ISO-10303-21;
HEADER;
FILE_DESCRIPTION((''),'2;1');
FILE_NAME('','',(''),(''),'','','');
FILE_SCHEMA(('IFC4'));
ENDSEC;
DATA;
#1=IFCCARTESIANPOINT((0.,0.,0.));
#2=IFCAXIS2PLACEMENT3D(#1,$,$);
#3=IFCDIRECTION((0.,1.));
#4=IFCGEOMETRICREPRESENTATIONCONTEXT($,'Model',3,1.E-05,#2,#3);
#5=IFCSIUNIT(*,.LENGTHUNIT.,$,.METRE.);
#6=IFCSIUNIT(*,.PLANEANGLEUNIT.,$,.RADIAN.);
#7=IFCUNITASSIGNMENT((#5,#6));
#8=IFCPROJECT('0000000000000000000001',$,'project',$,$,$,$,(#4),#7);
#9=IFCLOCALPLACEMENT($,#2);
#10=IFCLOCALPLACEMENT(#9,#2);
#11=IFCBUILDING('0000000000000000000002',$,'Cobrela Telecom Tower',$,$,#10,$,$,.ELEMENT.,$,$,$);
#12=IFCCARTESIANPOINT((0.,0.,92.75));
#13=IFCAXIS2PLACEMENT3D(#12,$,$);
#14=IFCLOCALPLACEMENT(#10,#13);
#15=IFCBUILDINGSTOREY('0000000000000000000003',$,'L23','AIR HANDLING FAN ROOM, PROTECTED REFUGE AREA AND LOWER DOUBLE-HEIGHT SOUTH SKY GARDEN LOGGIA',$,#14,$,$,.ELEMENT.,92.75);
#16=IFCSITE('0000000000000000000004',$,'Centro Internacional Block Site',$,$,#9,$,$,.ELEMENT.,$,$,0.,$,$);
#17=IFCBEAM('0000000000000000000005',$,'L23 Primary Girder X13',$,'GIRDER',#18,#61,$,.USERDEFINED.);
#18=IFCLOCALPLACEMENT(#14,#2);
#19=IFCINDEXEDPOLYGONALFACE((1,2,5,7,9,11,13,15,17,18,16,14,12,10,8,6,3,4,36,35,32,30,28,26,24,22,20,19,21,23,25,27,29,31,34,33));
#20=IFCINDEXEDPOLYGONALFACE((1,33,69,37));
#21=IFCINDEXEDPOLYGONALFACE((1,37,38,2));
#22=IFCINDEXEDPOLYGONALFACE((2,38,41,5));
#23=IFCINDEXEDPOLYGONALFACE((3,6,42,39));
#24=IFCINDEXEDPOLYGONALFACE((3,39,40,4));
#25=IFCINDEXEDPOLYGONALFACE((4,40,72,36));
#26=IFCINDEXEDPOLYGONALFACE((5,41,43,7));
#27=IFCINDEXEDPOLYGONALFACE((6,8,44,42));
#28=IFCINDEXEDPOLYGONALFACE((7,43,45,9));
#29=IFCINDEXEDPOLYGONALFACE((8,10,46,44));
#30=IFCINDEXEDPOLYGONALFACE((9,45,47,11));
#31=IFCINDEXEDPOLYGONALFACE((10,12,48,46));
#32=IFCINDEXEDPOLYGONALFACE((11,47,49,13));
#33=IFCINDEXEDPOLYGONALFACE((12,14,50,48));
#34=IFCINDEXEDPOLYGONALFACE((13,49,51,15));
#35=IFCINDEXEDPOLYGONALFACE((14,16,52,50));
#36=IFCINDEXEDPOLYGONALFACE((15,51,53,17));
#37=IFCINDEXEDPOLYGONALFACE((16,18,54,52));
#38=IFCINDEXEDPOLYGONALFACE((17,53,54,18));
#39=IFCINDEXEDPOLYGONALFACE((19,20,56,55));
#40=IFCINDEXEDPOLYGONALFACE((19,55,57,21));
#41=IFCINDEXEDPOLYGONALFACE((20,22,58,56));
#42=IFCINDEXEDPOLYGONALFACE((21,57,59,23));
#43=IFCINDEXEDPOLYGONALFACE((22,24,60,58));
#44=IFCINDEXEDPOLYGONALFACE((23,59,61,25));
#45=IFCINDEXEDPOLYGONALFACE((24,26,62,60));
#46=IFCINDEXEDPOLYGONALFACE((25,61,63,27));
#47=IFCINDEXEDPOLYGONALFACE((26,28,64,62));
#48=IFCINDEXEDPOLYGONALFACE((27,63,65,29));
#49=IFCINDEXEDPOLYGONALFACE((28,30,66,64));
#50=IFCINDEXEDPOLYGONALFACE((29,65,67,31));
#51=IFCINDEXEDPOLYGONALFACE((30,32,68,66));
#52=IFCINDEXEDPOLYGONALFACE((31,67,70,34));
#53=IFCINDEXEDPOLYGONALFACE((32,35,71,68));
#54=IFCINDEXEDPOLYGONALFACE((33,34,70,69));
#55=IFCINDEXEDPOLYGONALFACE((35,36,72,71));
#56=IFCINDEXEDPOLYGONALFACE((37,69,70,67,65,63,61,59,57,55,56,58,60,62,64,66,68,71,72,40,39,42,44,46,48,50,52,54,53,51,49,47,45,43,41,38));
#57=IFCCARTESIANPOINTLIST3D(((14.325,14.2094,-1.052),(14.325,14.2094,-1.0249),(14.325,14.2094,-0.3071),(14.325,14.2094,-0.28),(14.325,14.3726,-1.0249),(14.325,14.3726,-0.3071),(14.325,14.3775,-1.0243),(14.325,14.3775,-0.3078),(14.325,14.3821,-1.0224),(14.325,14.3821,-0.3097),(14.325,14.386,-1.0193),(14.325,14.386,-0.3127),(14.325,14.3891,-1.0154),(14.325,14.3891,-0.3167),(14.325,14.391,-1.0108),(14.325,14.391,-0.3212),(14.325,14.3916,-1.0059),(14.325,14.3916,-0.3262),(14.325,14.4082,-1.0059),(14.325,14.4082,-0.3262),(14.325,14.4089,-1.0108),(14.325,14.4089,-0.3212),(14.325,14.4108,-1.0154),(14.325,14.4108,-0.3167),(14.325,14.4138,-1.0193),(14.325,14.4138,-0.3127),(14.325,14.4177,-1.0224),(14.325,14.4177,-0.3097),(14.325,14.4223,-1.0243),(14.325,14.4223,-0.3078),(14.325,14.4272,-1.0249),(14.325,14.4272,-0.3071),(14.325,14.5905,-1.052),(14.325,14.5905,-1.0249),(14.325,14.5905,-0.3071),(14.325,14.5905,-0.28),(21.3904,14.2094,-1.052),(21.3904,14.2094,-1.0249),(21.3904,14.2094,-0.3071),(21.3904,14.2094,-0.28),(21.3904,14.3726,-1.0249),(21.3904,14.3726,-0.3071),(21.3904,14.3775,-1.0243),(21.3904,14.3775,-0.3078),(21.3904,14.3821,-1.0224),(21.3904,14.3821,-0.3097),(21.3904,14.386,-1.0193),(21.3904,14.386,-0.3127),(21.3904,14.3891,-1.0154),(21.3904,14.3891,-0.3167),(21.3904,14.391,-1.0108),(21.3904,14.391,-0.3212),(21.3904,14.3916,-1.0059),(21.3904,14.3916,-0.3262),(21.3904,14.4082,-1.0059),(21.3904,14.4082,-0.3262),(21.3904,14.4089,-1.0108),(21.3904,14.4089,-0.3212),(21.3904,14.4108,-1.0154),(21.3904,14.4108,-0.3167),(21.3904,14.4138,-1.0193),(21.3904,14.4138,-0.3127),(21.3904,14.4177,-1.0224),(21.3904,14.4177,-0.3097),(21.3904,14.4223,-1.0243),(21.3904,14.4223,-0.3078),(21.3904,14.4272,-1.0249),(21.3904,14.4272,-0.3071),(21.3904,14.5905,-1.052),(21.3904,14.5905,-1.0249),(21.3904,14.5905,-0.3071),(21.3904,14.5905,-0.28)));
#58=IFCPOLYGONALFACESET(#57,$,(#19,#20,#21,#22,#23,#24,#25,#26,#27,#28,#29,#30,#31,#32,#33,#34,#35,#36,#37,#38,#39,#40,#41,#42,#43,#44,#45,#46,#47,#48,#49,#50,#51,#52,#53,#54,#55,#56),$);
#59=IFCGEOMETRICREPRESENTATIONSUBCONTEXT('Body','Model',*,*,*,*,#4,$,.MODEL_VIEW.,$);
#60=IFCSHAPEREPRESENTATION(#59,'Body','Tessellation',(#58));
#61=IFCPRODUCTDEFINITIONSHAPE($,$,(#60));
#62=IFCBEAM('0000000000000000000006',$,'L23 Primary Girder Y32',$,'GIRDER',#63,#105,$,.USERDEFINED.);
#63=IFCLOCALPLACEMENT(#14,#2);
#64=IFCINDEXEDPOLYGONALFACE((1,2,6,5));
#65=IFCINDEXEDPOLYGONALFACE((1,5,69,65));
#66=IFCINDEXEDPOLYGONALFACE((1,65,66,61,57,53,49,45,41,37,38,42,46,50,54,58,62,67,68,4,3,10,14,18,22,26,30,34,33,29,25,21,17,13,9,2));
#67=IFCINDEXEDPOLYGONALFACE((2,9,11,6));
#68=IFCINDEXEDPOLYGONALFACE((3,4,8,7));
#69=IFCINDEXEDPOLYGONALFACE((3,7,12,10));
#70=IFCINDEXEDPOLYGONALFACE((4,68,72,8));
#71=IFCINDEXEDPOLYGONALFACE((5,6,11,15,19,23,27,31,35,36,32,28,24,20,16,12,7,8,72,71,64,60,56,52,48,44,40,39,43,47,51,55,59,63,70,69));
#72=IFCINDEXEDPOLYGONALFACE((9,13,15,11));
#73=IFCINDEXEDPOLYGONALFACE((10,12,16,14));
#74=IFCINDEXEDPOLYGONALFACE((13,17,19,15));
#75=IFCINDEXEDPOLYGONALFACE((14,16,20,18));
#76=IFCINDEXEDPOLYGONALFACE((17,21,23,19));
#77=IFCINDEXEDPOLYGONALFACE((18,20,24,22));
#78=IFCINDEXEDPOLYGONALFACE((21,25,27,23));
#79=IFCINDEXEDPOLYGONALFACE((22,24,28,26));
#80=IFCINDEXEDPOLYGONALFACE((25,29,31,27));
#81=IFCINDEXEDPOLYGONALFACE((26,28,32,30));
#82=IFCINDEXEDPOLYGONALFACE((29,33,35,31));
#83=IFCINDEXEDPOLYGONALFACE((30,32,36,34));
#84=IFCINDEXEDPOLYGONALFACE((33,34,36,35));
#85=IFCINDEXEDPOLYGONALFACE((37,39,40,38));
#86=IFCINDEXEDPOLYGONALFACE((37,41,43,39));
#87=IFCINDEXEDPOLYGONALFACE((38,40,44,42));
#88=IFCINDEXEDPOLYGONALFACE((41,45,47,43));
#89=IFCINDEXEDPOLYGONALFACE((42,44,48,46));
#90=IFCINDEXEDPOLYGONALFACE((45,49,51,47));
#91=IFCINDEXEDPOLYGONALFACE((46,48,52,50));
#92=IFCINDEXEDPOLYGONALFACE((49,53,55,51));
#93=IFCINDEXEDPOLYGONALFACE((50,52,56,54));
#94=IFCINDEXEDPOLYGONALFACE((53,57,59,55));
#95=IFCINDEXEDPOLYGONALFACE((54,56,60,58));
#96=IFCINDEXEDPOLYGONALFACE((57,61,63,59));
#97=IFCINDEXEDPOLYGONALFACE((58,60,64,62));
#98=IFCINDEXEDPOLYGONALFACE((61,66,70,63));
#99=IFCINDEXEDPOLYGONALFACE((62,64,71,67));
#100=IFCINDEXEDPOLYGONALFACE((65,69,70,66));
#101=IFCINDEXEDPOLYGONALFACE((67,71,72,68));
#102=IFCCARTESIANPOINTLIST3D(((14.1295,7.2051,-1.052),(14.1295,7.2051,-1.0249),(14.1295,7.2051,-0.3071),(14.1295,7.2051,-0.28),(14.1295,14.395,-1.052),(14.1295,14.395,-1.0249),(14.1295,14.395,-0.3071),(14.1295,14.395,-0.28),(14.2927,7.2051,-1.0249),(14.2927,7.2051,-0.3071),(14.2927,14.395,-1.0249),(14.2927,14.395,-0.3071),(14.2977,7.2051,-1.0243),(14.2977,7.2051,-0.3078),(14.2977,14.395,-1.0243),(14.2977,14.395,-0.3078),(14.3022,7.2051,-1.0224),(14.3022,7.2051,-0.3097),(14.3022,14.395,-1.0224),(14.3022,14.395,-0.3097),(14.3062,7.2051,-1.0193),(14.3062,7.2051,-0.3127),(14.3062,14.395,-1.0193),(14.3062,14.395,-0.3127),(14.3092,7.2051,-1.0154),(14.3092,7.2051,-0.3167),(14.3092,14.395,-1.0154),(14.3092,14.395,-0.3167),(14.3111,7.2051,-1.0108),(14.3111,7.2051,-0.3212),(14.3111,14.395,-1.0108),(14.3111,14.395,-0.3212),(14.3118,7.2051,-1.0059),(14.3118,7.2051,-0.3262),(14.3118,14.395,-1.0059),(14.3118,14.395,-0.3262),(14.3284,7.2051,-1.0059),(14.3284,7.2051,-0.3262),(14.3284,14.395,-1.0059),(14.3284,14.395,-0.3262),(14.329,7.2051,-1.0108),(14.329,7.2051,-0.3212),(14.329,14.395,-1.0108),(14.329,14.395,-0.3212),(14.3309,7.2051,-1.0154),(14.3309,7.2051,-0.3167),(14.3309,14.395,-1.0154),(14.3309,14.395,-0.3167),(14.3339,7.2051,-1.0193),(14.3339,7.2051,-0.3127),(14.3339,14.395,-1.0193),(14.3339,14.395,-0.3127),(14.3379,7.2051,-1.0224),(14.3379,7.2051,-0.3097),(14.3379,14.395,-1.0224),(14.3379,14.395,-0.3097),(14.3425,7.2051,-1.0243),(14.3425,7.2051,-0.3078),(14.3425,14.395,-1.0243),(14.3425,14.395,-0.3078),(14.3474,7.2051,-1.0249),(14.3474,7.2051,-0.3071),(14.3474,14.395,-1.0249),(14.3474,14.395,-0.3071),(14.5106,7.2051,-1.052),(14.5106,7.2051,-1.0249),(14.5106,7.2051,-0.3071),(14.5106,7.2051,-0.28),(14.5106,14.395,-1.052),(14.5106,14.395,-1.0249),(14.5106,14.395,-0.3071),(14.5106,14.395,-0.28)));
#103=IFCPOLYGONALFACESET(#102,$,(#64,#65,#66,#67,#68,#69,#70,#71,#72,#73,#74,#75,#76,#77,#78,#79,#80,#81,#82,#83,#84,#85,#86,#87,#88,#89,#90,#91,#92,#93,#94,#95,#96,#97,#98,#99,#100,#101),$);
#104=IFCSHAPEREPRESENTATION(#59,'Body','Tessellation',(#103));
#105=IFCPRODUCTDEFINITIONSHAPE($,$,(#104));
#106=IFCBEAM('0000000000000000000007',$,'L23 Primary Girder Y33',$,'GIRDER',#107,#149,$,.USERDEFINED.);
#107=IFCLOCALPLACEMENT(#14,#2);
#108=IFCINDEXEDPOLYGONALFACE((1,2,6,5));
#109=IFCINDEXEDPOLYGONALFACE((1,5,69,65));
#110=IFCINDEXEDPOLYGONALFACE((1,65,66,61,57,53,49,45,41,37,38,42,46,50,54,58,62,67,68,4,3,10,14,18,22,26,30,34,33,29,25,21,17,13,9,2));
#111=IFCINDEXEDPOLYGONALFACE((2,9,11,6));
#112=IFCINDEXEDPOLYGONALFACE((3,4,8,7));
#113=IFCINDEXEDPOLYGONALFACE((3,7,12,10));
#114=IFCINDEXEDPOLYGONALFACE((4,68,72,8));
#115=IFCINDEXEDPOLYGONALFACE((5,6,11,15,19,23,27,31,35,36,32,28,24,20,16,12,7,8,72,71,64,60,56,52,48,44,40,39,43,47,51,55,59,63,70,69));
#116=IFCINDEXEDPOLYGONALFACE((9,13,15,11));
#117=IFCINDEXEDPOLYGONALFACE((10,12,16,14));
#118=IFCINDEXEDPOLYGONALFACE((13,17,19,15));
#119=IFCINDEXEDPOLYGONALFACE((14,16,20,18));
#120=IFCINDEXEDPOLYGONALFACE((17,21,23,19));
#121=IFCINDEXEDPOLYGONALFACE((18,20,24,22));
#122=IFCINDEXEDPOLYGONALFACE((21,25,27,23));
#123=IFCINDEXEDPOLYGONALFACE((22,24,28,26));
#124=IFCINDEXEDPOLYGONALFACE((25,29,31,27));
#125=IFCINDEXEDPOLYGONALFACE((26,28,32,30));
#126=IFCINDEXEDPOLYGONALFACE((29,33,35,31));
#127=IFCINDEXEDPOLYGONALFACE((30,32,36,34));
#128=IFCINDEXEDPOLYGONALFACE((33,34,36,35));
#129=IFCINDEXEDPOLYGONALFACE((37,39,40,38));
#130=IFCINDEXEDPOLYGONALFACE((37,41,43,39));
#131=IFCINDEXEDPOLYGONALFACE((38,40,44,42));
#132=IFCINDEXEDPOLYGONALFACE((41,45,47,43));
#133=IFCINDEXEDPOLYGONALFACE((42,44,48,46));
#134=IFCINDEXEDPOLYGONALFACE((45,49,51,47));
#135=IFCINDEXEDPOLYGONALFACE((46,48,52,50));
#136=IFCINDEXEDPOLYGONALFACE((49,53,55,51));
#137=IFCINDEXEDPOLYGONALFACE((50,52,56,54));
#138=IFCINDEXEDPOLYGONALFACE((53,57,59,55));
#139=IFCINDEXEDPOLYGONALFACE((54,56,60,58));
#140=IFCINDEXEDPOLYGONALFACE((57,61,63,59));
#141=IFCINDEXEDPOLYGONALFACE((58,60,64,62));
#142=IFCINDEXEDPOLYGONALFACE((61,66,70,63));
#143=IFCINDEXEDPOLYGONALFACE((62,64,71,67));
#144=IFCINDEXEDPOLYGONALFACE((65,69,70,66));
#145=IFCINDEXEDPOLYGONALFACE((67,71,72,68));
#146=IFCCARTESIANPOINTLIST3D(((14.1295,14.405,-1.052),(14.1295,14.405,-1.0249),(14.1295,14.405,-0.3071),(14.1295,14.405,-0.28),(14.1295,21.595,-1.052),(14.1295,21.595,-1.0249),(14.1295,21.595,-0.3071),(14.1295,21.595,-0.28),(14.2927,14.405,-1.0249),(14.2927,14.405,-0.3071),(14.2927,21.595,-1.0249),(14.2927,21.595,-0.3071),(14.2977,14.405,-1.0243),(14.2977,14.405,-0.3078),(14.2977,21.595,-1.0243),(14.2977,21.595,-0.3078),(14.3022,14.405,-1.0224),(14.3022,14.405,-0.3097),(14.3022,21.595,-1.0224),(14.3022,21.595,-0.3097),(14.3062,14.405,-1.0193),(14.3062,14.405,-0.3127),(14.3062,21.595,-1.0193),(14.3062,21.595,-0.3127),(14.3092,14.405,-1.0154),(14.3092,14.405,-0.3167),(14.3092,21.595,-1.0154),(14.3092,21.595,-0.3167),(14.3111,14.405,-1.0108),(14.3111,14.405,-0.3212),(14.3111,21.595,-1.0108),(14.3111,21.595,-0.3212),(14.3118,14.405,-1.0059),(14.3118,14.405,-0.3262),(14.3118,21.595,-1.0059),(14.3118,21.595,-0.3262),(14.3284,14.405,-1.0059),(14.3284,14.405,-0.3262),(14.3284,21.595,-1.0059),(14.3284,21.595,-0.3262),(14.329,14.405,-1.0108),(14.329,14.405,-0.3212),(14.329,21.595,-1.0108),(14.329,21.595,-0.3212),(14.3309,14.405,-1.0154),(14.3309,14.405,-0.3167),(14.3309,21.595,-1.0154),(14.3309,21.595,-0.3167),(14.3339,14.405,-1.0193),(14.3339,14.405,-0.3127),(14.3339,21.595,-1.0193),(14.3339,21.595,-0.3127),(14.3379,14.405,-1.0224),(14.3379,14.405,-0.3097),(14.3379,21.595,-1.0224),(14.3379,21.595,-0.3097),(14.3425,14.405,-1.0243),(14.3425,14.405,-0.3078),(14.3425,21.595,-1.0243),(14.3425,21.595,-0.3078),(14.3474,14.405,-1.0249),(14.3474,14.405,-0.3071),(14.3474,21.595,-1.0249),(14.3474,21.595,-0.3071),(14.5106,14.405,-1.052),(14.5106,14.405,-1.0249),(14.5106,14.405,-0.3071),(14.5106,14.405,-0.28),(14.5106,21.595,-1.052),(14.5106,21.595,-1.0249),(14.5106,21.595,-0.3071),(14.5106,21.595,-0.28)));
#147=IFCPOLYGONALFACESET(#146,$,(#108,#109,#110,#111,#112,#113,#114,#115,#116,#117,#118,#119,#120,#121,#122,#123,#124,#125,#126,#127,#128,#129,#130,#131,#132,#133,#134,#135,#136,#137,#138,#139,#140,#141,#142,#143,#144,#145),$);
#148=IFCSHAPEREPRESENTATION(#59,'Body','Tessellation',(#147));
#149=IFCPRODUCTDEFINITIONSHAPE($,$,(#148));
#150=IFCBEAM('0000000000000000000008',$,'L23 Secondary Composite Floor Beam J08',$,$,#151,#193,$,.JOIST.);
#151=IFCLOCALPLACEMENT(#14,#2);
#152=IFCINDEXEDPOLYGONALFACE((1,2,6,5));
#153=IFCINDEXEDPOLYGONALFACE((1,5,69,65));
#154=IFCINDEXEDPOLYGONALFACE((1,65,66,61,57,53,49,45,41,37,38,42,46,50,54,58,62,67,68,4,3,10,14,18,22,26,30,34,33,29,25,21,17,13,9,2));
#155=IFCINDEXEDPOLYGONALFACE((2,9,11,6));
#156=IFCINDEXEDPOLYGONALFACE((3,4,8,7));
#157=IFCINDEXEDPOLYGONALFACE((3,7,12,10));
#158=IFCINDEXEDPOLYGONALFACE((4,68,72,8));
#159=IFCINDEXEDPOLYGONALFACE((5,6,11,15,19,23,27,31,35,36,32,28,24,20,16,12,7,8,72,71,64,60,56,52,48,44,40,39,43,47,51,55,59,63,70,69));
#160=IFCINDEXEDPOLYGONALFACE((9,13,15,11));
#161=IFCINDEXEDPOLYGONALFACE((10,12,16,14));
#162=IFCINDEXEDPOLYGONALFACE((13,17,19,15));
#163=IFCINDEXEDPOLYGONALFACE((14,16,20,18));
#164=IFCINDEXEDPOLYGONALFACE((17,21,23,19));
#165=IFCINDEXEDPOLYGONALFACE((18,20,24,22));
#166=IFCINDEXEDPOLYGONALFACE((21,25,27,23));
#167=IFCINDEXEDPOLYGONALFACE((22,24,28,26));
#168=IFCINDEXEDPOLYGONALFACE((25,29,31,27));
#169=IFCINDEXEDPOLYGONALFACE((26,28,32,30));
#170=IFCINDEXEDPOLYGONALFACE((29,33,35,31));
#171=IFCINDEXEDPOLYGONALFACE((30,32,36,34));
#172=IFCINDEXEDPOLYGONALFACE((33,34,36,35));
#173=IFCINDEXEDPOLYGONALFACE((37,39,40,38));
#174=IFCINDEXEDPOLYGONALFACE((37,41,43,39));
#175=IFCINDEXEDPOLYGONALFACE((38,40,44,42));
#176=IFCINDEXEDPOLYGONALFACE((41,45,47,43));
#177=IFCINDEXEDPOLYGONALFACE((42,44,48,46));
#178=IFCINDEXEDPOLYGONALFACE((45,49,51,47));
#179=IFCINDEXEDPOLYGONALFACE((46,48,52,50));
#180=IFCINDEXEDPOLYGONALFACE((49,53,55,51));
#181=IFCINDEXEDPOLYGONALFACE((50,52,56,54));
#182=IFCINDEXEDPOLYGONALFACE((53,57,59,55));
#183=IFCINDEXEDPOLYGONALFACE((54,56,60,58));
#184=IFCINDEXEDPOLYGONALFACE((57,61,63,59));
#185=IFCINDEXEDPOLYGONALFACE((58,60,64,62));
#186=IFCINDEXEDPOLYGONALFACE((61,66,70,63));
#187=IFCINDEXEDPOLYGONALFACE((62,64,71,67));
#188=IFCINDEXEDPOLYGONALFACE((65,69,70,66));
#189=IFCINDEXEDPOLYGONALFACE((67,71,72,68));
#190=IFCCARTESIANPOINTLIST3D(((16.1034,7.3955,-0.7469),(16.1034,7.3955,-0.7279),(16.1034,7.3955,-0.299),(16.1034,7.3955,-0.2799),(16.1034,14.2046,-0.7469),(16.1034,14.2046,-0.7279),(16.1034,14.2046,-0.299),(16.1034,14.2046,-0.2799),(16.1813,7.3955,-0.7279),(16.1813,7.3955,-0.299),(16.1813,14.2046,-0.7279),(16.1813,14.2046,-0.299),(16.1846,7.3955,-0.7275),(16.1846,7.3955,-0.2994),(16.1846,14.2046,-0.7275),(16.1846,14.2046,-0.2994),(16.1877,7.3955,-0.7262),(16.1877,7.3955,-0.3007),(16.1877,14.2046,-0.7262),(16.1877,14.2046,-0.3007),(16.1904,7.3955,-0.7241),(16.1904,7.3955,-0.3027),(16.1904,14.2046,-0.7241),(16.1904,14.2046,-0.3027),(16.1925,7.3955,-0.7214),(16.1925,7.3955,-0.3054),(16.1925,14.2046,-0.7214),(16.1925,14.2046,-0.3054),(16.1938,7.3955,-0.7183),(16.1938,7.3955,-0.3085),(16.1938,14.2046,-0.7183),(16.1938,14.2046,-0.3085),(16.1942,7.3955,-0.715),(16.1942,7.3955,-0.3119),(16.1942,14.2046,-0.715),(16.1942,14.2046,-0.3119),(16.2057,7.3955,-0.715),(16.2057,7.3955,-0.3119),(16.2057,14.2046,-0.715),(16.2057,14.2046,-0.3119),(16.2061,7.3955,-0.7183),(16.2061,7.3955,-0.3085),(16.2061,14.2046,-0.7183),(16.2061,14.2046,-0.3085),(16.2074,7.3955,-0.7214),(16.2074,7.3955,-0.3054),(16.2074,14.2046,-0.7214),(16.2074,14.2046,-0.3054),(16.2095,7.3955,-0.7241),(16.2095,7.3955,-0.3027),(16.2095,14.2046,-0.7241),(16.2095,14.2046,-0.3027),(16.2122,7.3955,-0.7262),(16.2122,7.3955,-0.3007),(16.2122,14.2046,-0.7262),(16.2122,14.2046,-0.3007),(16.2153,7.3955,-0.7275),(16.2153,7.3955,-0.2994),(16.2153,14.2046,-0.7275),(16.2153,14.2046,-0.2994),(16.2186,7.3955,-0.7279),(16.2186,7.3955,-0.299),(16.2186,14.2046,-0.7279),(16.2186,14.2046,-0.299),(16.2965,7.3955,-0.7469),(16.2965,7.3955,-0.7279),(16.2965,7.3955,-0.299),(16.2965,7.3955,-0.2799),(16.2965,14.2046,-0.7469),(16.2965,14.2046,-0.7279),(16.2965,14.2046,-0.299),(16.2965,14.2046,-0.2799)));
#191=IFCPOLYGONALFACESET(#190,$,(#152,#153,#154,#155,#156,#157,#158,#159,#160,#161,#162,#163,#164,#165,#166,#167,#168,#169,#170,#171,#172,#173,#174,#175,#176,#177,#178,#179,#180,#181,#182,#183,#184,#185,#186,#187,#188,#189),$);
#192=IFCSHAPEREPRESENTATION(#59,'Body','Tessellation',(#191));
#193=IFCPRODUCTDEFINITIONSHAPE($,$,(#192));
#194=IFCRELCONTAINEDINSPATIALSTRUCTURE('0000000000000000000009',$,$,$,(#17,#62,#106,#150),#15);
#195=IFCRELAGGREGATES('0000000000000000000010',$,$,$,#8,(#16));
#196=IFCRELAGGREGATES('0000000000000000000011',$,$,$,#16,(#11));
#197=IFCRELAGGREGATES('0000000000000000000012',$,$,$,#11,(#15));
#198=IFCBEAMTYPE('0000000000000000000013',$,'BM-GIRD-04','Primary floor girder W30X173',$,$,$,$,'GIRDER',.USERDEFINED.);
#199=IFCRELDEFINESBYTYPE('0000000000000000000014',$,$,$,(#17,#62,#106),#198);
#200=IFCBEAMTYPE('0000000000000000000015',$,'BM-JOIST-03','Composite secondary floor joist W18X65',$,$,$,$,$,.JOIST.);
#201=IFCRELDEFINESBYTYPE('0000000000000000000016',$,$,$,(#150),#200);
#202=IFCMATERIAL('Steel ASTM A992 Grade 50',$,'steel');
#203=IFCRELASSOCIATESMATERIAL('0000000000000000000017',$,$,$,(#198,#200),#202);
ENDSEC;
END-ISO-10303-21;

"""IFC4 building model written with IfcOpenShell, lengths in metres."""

from ifc_helpers import new_model, si_unit, direction, frame, origin, origin_2d, place, context, subcontext, project, spatial, i_section, extrude, material, material_profile, profile_set, type_object, element, save


model = new_model("IFC4")

# Units and contexts
model_context = context("Model", 3, precision=1e-05, world=origin(), true_north=direction((0.0, 1.0)))
body_context = subcontext(model_context, "Body", "Model", "MODEL_VIEW")
ifc_project = project(units=[si_unit("LENGTHUNIT", "METRE"), si_unit("PLANEANGLEUNIT", "RADIAN")], contexts=[model_context])

# Site, building, storey
site_placement = place(None, origin())
site = spatial("IfcSite", under=ifc_project, at=site_placement, Name="Centro Internacional Block Site", CompositionType="ELEMENT", RefElevation=0.0)
building_placement = place(site_placement, origin())
building = spatial("IfcBuilding", under=site, at=building_placement, Name="Cobrela Telecom Tower", CompositionType="ELEMENT")
storey_placement = place(building_placement, frame((0.0, 0.0, 92.75)))
storey = spatial("IfcBuildingStorey", under=building, at=storey_placement, Name="L23", Description="AIR HANDLING FAN ROOM, PROTECTED REFUGE AREA AND LOWER DOUBLE-HEIGHT SOUTH SKY GARDEN LOGGIA", CompositionType="ELEMENT", Elevation=92.75)

# Shared definitions
ifc_material_1 = material(Name="Steel ASTM A992 Grade 50", Category="steel")

# Beams
ifc_material_profile_1 = material_profile(ifc_material_1, i_section(OverallWidth=0.3811, OverallDepth=0.772, WebThickness=0.0166, FlangeThickness=0.0271, FilletRadius=0.019, at=origin_2d()), Name="W30X173")
ifc_profile_set_1 = profile_set([ifc_material_profile_1], Name="Steel ASTM A992 Grade 50")
beam_type_1 = type_object("IfcBeamType", Name="BM-GIRD-04", Description="Primary floor girder W30X173", ElementType="GIRDER", PredefinedType="USERDEFINED", material=ifc_profile_set_1)
for number, where, z_axis, x_axis, name in (
    (1, (14.325, 14.3999, -0.666), (1.0, 0.0, 0.0), (0.0, 1.0, 0.0), "L23 Primary Girder X13"),
):
    element("IfcBeam", number, at=place(storey_placement, frame(where, z_axis=z_axis, x_axis=x_axis)), inside=storey, type_object=beam_type_1, Name=name, ObjectType="GIRDER", PredefinedType="USERDEFINED", context=body_context, shape_type="SweptSolid", body=[
        extrude(i_section(OverallWidth=0.3811, OverallDepth=0.772, WebThickness=0.0166, FlangeThickness=0.0271, FilletRadius=0.019, at=origin_2d()), origin(), (0.0, 0.0, 1.0), 7.0654),
    ])
for number, where, z_axis, x_axis, name in (
    (2, (14.3201, 7.2051, -0.666), (0.0, 1.0, 0.0), (-1.0, 0.0, 0.0), "L23 Primary Girder Y32"),
    (3, (14.3201, 14.405, -0.666), (0.0, 1.0, 0.0), (-1.0, 0.0, 0.0), "L23 Primary Girder Y33"),
):
    element("IfcBeam", number, at=place(storey_placement, frame(where, z_axis=z_axis, x_axis=x_axis)), inside=storey, type_object=beam_type_1, Name=name, ObjectType="GIRDER", PredefinedType="USERDEFINED", context=body_context, shape_type="SweptSolid", body=[
        extrude(i_section(OverallWidth=0.3811, OverallDepth=0.772, WebThickness=0.0166, FlangeThickness=0.0271, FilletRadius=0.019, at=origin_2d()), origin(), (0.0, 0.0, 1.0), 7.1899),
    ])
ifc_material_profile_2 = material_profile(ifc_material_1, i_section(OverallWidth=0.1931, OverallDepth=0.467, WebThickness=0.0115, FlangeThickness=0.019, FilletRadius=0.0129, at=origin_2d()), Name="W18X65")
ifc_profile_set_2 = profile_set([ifc_material_profile_2], Name="Steel ASTM A992 Grade 50")
beam_type_2 = type_object("IfcBeamType", Name="BM-JOIST-03", Description="Composite secondary floor joist W18X65", PredefinedType="JOIST", material=ifc_profile_set_2)
for number, where, z_axis, x_axis, name in (
    (4, (16.2, 7.3955, -0.5134), (0.0, 1.0, 0.0), (-1.0, 0.0, 0.0), "L23 Secondary Composite Floor Beam J08"),
):
    element("IfcBeam", number, at=place(storey_placement, frame(where, z_axis=z_axis, x_axis=x_axis)), inside=storey, type_object=beam_type_2, Name=name, PredefinedType="JOIST", context=body_context, shape_type="SweptSolid", body=[
        extrude(i_section(OverallWidth=0.1931, OverallDepth=0.467, WebThickness=0.0115, FlangeThickness=0.019, FilletRadius=0.0129, at=origin_2d()), origin(), (0.0, 0.0, 1.0), 6.8091),
    ])

save(model, "model.ifc")
